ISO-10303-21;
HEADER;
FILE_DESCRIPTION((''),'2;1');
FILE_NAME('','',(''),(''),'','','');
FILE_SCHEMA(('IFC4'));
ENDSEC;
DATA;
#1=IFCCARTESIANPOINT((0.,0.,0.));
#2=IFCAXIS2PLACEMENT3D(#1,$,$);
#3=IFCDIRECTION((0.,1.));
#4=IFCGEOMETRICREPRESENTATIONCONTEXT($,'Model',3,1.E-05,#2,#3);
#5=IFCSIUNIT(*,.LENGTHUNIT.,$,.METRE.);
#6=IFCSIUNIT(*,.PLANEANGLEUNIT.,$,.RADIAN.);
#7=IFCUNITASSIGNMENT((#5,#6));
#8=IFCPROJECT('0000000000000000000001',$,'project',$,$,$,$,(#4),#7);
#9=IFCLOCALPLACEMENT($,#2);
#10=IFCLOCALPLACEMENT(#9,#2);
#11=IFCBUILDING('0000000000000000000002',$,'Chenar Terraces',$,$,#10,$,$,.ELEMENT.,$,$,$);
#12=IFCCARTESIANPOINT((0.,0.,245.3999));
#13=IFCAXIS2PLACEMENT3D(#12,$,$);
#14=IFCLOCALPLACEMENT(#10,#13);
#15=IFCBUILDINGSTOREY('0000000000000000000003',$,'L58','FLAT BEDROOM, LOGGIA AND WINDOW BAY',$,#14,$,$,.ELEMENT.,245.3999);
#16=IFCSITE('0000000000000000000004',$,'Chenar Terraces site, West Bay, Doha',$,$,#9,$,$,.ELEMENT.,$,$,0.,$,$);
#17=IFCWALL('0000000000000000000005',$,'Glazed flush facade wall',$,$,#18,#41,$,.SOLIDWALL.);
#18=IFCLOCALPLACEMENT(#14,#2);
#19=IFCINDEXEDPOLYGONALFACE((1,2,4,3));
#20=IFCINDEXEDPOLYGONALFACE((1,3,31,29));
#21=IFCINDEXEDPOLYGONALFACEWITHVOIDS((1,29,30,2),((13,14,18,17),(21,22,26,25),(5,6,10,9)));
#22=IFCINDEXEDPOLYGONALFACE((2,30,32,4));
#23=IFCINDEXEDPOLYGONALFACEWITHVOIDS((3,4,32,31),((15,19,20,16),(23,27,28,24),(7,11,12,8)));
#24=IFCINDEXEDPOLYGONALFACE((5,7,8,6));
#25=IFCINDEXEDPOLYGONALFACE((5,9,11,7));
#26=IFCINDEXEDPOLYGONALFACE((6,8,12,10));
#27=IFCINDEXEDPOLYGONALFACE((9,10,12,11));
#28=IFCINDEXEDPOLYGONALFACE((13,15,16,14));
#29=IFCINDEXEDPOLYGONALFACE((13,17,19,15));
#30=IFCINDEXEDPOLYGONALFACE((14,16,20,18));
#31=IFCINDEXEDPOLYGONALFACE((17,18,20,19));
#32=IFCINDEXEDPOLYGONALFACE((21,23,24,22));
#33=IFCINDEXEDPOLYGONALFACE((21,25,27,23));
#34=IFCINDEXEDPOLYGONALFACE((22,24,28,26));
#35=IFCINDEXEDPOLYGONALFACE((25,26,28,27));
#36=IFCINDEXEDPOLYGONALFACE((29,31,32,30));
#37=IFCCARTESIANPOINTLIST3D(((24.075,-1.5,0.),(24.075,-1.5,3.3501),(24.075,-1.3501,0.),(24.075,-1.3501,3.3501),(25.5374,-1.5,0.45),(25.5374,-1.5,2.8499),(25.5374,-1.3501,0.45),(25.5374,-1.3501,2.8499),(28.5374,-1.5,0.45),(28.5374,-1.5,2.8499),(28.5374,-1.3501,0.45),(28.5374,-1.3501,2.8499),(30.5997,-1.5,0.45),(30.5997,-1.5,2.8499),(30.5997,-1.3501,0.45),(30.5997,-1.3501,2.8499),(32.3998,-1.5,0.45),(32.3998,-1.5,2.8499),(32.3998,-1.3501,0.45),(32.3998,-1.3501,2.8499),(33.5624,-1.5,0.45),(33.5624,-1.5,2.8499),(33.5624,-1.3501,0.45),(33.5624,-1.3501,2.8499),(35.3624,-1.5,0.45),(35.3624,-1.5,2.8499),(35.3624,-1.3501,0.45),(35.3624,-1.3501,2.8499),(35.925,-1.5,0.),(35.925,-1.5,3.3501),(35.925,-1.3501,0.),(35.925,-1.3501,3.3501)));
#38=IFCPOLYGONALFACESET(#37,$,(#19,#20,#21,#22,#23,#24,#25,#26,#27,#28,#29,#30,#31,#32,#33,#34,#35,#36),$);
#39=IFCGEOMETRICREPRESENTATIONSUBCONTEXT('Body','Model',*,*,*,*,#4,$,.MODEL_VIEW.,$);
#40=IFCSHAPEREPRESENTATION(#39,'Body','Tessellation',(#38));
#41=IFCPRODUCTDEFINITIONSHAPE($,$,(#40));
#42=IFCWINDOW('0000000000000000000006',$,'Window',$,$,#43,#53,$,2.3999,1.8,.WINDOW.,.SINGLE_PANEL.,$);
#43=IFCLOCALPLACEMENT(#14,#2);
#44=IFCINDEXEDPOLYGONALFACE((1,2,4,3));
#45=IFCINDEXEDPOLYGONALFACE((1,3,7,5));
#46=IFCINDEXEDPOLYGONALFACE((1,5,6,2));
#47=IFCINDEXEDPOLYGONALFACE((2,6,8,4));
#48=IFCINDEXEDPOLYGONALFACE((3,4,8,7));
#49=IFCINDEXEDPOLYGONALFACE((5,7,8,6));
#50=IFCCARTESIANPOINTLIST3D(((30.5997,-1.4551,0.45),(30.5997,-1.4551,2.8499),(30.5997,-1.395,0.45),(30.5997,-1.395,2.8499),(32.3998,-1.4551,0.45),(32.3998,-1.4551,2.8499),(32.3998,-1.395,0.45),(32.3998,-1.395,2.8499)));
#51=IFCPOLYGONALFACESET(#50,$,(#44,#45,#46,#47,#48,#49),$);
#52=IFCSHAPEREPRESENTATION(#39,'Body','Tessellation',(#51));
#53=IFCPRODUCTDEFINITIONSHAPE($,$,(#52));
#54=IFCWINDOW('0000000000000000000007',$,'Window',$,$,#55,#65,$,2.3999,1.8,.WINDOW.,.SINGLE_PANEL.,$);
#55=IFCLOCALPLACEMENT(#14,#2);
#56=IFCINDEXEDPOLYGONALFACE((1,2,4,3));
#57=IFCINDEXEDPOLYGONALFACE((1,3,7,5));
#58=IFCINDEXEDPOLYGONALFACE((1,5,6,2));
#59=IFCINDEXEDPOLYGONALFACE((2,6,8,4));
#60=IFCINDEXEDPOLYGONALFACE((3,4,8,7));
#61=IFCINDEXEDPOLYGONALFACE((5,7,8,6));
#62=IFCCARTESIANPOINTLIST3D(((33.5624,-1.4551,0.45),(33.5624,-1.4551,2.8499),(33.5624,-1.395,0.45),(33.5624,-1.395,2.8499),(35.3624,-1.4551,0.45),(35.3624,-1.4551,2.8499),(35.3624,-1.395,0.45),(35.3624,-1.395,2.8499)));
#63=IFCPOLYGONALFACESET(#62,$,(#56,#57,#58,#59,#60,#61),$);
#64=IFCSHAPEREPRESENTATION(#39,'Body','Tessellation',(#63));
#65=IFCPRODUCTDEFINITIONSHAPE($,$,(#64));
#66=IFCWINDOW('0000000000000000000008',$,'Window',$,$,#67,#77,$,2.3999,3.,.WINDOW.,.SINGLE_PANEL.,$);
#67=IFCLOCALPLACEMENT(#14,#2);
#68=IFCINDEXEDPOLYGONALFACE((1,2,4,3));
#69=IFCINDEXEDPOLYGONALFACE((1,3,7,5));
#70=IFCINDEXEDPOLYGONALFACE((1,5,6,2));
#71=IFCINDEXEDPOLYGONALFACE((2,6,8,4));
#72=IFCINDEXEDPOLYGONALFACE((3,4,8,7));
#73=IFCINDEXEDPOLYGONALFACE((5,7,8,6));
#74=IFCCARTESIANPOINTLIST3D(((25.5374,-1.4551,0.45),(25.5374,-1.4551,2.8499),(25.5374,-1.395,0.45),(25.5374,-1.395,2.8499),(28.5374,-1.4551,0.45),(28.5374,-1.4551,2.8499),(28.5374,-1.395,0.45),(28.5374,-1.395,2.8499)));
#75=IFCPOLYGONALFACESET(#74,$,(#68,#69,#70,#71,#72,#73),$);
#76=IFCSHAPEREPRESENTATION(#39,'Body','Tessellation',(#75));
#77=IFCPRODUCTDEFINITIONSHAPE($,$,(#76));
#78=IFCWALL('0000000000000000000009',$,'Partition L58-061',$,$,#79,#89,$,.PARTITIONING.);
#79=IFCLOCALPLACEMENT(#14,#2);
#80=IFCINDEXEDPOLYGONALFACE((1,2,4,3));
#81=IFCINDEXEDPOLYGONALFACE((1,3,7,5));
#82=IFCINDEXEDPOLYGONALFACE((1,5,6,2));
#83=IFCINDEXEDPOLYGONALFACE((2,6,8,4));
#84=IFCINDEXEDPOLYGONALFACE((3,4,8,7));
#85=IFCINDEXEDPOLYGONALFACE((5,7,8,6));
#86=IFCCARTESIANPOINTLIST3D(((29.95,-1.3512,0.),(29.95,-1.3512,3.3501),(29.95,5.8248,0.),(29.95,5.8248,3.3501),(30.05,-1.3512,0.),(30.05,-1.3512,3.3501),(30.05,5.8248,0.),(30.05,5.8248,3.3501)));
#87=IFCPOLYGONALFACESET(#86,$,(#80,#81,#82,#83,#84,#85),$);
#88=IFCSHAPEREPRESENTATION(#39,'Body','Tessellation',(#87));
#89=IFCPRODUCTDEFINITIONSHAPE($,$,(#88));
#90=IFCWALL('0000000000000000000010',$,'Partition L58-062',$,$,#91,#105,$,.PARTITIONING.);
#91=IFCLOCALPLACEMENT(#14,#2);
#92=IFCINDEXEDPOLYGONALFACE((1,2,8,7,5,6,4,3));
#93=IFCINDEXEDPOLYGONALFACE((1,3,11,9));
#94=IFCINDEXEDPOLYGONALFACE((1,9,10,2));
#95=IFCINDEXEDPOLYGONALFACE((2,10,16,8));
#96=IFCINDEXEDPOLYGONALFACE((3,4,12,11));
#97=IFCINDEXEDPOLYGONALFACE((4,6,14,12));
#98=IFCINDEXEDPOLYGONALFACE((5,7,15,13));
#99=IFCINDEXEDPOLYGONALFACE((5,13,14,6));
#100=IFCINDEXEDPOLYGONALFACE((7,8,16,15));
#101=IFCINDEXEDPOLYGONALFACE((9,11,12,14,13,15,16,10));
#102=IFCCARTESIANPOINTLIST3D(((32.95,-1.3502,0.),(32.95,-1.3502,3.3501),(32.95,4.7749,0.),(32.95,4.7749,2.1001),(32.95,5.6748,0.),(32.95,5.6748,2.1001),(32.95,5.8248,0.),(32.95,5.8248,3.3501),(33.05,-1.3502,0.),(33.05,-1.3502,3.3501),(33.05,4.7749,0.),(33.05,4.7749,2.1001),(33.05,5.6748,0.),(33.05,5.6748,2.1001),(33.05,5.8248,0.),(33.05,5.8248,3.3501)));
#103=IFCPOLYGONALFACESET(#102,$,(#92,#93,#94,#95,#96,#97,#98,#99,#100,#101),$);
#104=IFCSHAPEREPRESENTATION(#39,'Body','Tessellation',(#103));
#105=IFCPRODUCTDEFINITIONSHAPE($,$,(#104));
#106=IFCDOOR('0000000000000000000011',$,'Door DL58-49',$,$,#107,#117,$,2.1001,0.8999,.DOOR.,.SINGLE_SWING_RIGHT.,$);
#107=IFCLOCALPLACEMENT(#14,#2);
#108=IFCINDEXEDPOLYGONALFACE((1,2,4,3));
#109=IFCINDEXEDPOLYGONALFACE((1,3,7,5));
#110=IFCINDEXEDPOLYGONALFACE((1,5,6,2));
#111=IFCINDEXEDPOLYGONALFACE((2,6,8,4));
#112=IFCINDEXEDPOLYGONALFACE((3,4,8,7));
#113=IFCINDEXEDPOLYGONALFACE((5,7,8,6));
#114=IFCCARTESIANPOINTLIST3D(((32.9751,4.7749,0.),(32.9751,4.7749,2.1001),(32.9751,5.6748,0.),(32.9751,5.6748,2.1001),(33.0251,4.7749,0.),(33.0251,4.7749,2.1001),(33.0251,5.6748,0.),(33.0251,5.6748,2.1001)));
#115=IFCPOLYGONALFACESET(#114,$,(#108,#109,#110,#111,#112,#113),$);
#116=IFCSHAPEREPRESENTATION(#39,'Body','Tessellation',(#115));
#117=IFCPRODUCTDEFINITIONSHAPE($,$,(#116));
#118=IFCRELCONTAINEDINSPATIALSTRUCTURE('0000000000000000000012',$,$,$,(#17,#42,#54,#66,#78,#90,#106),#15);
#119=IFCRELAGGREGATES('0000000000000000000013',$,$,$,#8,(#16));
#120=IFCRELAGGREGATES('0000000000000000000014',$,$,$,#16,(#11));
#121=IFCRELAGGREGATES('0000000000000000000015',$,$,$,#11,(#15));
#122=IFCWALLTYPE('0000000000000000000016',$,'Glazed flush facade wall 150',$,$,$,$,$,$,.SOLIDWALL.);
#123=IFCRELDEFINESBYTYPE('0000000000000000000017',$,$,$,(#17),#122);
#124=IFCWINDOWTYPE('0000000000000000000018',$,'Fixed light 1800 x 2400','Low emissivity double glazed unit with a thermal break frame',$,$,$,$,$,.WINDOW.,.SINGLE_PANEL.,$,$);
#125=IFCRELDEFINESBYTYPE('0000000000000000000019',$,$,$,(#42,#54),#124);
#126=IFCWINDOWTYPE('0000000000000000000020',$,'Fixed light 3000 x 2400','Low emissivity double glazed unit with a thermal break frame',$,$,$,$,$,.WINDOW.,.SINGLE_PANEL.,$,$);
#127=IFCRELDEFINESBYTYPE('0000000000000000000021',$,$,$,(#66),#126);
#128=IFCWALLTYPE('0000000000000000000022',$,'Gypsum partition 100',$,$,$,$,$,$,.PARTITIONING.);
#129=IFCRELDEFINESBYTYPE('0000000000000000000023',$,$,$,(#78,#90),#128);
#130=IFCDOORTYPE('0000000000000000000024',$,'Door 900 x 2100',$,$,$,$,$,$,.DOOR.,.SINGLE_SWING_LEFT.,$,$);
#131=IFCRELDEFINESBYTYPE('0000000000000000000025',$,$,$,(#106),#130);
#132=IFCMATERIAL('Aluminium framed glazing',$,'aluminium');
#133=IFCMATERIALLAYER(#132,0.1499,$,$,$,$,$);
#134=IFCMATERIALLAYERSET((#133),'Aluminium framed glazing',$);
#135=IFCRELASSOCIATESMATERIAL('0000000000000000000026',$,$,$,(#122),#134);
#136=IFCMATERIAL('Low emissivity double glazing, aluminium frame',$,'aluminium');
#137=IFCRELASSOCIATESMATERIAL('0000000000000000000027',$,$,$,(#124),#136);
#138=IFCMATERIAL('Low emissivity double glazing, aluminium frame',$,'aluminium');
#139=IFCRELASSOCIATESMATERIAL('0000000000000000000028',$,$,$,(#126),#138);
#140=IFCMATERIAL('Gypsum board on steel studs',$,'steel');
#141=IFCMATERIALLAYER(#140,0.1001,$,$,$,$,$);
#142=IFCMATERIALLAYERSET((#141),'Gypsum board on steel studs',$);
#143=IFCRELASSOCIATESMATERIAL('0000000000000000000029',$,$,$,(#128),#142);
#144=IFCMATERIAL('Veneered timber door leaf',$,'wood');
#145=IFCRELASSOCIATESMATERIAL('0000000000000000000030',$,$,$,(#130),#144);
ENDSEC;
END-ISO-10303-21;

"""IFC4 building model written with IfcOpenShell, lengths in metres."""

from ifc_helpers import new_model, si_unit, direction, frame, frame_2d, origin, place, context, subcontext, project, spatial, rectangle, extrude, material, layer, layer_set, type_object, element, fill, save


model = new_model("IFC4")

# Units and contexts
model_context = context("Model", 3, precision=1e-05, world=origin(), true_north=direction((0.0, 1.0)))
body_context = subcontext(model_context, "Body", "Model", "MODEL_VIEW")
ifc_project = project(units=[si_unit("LENGTHUNIT", "METRE"), si_unit("PLANEANGLEUNIT", "RADIAN")], contexts=[model_context])

# Site, building, storey
site_placement = place(None, origin())
site = spatial("IfcSite", under=ifc_project, at=site_placement, Name="Chenar Terraces site, West Bay, Doha", CompositionType="ELEMENT", RefElevation=0.0)
building_placement = place(site_placement, origin())
building = spatial("IfcBuilding", under=site, at=building_placement, Name="Chenar Terraces", CompositionType="ELEMENT")
storey_placement = place(building_placement, frame((0.0, 0.0, 245.3999)))
storey = spatial("IfcBuildingStorey", under=building, at=storey_placement, Name="L58", Description="FLAT BEDROOM, LOGGIA AND WINDOW BAY", CompositionType="ELEMENT", Elevation=245.3999)

# Wall, openings, windows
ifc_material_1 = material(Name="Aluminium framed glazing", Category="aluminium")
ifc_layer_1 = layer(ifc_material_1, 0.1499)
ifc_layer_set_1 = layer_set([ifc_layer_1], Name="Aluminium framed glazing")
wall_type_1 = type_object("IfcWallType", Name="Glazed flush facade wall 150", PredefinedType="SOLIDWALL", material=ifc_layer_set_1)
wall_1_placement = place(storey_placement, frame((24.075, -1.425, 0.0), z_axis=(0.0, 0.0, 1.0), x_axis=(1.0, 0.0, 0.0)))
wall_1 = element("IfcWall", 1, at=wall_1_placement, inside=storey, type_object=wall_type_1, Name="Glazed flush facade wall", PredefinedType="SOLIDWALL", context=body_context, shape_type="SweptSolid", body=[
    extrude(rectangle(XDim=11.8501, YDim=0.1499, at=frame_2d((5.925, 0.0))), origin(), (0.0, 0.0, 1.0), 3.3501),
])
opening_1_placement = place(wall_1_placement, frame((1.4624, 0.0, 0.45)))
opening_1 = element("IfcOpeningElement", 2, at=opening_1_placement, cuts=wall_1, PredefinedType="OPENING", context=body_context, shape_type="SweptSolid", body=[
    extrude(rectangle(XDim=3.0, YDim=2.3999, at=frame_2d((1.5, 1.2))), frame((0.0, 0.085, 0.0), z_axis=(0.0, -1.0, 0.0), x_axis=(1.0, 0.0, 0.0)), (0.0, 0.0, 1.0), 0.1699),
])
opening_2_placement = place(wall_1_placement, frame((6.5249, 0.0, 0.45)))
opening_2 = element("IfcOpeningElement", 3, at=opening_2_placement, cuts=wall_1, PredefinedType="OPENING", context=body_context, shape_type="SweptSolid", body=[
    extrude(rectangle(XDim=1.8, YDim=2.3999, at=frame_2d((0.8999, 1.2))), frame((0.0, 0.085, 0.0), z_axis=(0.0, -1.0, 0.0), x_axis=(1.0, 0.0, 0.0)), (0.0, 0.0, 1.0), 0.1699),
])
opening_3_placement = place(wall_1_placement, frame((9.4875, 0.0, 0.45)))
opening_3 = element("IfcOpeningElement", 4, at=opening_3_placement, cuts=wall_1, PredefinedType="OPENING", context=body_context, shape_type="SweptSolid", body=[
    extrude(rectangle(XDim=1.8, YDim=2.3999, at=frame_2d((0.8999, 1.2))), frame((0.0, 0.085, 0.0), z_axis=(0.0, -1.0, 0.0), x_axis=(1.0, 0.0, 0.0)), (0.0, 0.0, 1.0), 0.1699),
])
ifc_material_2 = material(Name="Low emissivity double glazing, aluminium frame", Category="aluminium")
window_type_1 = type_object("IfcWindowType", Name="Fixed light 1800 x 2400", Description="Low emissivity double glazed unit with a thermal break frame", PartitioningType="SINGLE_PANEL", PredefinedType="WINDOW", material=ifc_material_2)
window_1_placement = place(opening_2_placement, origin())
window_1 = element("IfcWindow", 5, at=window_1_placement, inside=storey, type_object=window_type_1, Name="Window", OverallHeight=2.3999, OverallWidth=1.8, PartitioningType="SINGLE_PANEL", PredefinedType="WINDOW", context=body_context, shape_type="SweptSolid", body=[
    extrude(rectangle(XDim=1.8, YDim=2.3999, at=frame_2d((0.8999, 1.2))), frame((0.0, 0.03, 0.0), z_axis=(0.0, -1.0, 0.0), x_axis=(1.0, 0.0, 0.0)), (0.0, 0.0, 1.0), 0.0601),
])
fill(opening_2, window_1)
window_2_placement = place(opening_3_placement, origin())
window_2 = element("IfcWindow", 6, at=window_2_placement, inside=storey, type_object=window_type_1, Name="Window", OverallHeight=2.3999, OverallWidth=1.8, PartitioningType="SINGLE_PANEL", PredefinedType="WINDOW", context=body_context, shape_type="SweptSolid", body=[
    extrude(rectangle(XDim=1.8, YDim=2.3999, at=frame_2d((0.8999, 1.2))), frame((0.0, 0.03, 0.0), z_axis=(0.0, -1.0, 0.0), x_axis=(1.0, 0.0, 0.0)), (0.0, 0.0, 1.0), 0.0601),
])
fill(opening_3, window_2)
ifc_material_3 = material(Name="Low emissivity double glazing, aluminium frame", Category="aluminium")
window_type_2 = type_object("IfcWindowType", Name="Fixed light 3000 x 2400", Description="Low emissivity double glazed unit with a thermal break frame", PartitioningType="SINGLE_PANEL", PredefinedType="WINDOW", material=ifc_material_3)
window_3_placement = place(opening_1_placement, origin())
window_3 = element("IfcWindow", 7, at=window_3_placement, inside=storey, type_object=window_type_2, Name="Window", OverallHeight=2.3999, OverallWidth=3.0, PartitioningType="SINGLE_PANEL", PredefinedType="WINDOW", context=body_context, shape_type="SweptSolid", body=[
    extrude(rectangle(XDim=3.0, YDim=2.3999, at=frame_2d((1.5, 1.2))), frame((0.0, 0.03, 0.0), z_axis=(0.0, -1.0, 0.0), x_axis=(1.0, 0.0, 0.0)), (0.0, 0.0, 1.0), 0.0601),
])
fill(opening_1, window_3)

# Wall
ifc_material_4 = material(Name="Gypsum board on steel studs", Category="steel")
ifc_layer_2 = layer(ifc_material_4, 0.1001)
ifc_layer_set_2 = layer_set([ifc_layer_2], Name="Gypsum board on steel studs")
wall_type_2 = type_object("IfcWallType", Name="Gypsum partition 100", PredefinedType="PARTITIONING", material=ifc_layer_set_2)
wall_2_placement = place(storey_placement, frame((30.0, -1.3511, 0.0), z_axis=(0.0, 0.0, 1.0), x_axis=(0.0, 1.0, 0.0)))
element("IfcWall", 8, at=wall_2_placement, inside=storey, type_object=wall_type_2, Name="Partition L58-061", PredefinedType="PARTITIONING", context=body_context, shape_type="SweptSolid", body=[
    extrude(rectangle(XDim=7.176, YDim=0.1001, at=frame_2d((3.5879, 0.0))), origin(), (0.0, 0.0, 1.0), 3.3501),
])

# Wall, opening, door
wall_3_placement = place(storey_placement, frame((33.0, -1.3501, 0.0), z_axis=(0.0, 0.0, 1.0), x_axis=(0.0, 1.0, 0.0)))
wall_3 = element("IfcWall", 9, at=wall_3_placement, inside=storey, type_object=wall_type_2, Name="Partition L58-062", PredefinedType="PARTITIONING", context=body_context, shape_type="SweptSolid", body=[
    extrude(rectangle(XDim=7.175, YDim=0.1001, at=frame_2d((3.5874, 0.0))), origin(), (0.0, 0.0, 1.0), 3.3501),
])
opening_4_placement = place(wall_3_placement, frame((6.125, 0.0, 0.0)))
opening_4 = element("IfcOpeningElement", 10, at=opening_4_placement, cuts=wall_3, PredefinedType="OPENING", context=body_context, shape_type="SweptSolid", body=[
    extrude(rectangle(XDim=0.8999, YDim=2.1001, at=frame_2d((0.45, 1.05))), frame((0.0, 0.0601, 0.0), z_axis=(0.0, -1.0, 0.0), x_axis=(1.0, 0.0, 0.0)), (0.0, 0.0, 1.0), 0.1201),
])
ifc_material_5 = material(Name="Veneered timber door leaf", Category="wood")
door_type_1 = type_object("IfcDoorType", Name="Door 900 x 2100", OperationType="SINGLE_SWING_LEFT", PredefinedType="DOOR", material=ifc_material_5)
door_1_placement = place(opening_4_placement, origin())
door_1 = element("IfcDoor", 11, at=door_1_placement, inside=storey, type_object=door_type_1, Name="Door DL58-49", OperationType="SINGLE_SWING_RIGHT", OverallHeight=2.1001, OverallWidth=0.8999, PredefinedType="DOOR", context=body_context, shape_type="SweptSolid", body=[
    extrude(rectangle(XDim=0.8999, YDim=2.1001, at=frame_2d((0.45, 1.05))), frame((0.0, 0.0249, 0.0), z_axis=(0.0, -1.0, 0.0), x_axis=(1.0, 0.0, 0.0)), (0.0, 0.0, 1.0), 0.05),
])
fill(opening_4, door_1)

save(model, "model.ifc")
